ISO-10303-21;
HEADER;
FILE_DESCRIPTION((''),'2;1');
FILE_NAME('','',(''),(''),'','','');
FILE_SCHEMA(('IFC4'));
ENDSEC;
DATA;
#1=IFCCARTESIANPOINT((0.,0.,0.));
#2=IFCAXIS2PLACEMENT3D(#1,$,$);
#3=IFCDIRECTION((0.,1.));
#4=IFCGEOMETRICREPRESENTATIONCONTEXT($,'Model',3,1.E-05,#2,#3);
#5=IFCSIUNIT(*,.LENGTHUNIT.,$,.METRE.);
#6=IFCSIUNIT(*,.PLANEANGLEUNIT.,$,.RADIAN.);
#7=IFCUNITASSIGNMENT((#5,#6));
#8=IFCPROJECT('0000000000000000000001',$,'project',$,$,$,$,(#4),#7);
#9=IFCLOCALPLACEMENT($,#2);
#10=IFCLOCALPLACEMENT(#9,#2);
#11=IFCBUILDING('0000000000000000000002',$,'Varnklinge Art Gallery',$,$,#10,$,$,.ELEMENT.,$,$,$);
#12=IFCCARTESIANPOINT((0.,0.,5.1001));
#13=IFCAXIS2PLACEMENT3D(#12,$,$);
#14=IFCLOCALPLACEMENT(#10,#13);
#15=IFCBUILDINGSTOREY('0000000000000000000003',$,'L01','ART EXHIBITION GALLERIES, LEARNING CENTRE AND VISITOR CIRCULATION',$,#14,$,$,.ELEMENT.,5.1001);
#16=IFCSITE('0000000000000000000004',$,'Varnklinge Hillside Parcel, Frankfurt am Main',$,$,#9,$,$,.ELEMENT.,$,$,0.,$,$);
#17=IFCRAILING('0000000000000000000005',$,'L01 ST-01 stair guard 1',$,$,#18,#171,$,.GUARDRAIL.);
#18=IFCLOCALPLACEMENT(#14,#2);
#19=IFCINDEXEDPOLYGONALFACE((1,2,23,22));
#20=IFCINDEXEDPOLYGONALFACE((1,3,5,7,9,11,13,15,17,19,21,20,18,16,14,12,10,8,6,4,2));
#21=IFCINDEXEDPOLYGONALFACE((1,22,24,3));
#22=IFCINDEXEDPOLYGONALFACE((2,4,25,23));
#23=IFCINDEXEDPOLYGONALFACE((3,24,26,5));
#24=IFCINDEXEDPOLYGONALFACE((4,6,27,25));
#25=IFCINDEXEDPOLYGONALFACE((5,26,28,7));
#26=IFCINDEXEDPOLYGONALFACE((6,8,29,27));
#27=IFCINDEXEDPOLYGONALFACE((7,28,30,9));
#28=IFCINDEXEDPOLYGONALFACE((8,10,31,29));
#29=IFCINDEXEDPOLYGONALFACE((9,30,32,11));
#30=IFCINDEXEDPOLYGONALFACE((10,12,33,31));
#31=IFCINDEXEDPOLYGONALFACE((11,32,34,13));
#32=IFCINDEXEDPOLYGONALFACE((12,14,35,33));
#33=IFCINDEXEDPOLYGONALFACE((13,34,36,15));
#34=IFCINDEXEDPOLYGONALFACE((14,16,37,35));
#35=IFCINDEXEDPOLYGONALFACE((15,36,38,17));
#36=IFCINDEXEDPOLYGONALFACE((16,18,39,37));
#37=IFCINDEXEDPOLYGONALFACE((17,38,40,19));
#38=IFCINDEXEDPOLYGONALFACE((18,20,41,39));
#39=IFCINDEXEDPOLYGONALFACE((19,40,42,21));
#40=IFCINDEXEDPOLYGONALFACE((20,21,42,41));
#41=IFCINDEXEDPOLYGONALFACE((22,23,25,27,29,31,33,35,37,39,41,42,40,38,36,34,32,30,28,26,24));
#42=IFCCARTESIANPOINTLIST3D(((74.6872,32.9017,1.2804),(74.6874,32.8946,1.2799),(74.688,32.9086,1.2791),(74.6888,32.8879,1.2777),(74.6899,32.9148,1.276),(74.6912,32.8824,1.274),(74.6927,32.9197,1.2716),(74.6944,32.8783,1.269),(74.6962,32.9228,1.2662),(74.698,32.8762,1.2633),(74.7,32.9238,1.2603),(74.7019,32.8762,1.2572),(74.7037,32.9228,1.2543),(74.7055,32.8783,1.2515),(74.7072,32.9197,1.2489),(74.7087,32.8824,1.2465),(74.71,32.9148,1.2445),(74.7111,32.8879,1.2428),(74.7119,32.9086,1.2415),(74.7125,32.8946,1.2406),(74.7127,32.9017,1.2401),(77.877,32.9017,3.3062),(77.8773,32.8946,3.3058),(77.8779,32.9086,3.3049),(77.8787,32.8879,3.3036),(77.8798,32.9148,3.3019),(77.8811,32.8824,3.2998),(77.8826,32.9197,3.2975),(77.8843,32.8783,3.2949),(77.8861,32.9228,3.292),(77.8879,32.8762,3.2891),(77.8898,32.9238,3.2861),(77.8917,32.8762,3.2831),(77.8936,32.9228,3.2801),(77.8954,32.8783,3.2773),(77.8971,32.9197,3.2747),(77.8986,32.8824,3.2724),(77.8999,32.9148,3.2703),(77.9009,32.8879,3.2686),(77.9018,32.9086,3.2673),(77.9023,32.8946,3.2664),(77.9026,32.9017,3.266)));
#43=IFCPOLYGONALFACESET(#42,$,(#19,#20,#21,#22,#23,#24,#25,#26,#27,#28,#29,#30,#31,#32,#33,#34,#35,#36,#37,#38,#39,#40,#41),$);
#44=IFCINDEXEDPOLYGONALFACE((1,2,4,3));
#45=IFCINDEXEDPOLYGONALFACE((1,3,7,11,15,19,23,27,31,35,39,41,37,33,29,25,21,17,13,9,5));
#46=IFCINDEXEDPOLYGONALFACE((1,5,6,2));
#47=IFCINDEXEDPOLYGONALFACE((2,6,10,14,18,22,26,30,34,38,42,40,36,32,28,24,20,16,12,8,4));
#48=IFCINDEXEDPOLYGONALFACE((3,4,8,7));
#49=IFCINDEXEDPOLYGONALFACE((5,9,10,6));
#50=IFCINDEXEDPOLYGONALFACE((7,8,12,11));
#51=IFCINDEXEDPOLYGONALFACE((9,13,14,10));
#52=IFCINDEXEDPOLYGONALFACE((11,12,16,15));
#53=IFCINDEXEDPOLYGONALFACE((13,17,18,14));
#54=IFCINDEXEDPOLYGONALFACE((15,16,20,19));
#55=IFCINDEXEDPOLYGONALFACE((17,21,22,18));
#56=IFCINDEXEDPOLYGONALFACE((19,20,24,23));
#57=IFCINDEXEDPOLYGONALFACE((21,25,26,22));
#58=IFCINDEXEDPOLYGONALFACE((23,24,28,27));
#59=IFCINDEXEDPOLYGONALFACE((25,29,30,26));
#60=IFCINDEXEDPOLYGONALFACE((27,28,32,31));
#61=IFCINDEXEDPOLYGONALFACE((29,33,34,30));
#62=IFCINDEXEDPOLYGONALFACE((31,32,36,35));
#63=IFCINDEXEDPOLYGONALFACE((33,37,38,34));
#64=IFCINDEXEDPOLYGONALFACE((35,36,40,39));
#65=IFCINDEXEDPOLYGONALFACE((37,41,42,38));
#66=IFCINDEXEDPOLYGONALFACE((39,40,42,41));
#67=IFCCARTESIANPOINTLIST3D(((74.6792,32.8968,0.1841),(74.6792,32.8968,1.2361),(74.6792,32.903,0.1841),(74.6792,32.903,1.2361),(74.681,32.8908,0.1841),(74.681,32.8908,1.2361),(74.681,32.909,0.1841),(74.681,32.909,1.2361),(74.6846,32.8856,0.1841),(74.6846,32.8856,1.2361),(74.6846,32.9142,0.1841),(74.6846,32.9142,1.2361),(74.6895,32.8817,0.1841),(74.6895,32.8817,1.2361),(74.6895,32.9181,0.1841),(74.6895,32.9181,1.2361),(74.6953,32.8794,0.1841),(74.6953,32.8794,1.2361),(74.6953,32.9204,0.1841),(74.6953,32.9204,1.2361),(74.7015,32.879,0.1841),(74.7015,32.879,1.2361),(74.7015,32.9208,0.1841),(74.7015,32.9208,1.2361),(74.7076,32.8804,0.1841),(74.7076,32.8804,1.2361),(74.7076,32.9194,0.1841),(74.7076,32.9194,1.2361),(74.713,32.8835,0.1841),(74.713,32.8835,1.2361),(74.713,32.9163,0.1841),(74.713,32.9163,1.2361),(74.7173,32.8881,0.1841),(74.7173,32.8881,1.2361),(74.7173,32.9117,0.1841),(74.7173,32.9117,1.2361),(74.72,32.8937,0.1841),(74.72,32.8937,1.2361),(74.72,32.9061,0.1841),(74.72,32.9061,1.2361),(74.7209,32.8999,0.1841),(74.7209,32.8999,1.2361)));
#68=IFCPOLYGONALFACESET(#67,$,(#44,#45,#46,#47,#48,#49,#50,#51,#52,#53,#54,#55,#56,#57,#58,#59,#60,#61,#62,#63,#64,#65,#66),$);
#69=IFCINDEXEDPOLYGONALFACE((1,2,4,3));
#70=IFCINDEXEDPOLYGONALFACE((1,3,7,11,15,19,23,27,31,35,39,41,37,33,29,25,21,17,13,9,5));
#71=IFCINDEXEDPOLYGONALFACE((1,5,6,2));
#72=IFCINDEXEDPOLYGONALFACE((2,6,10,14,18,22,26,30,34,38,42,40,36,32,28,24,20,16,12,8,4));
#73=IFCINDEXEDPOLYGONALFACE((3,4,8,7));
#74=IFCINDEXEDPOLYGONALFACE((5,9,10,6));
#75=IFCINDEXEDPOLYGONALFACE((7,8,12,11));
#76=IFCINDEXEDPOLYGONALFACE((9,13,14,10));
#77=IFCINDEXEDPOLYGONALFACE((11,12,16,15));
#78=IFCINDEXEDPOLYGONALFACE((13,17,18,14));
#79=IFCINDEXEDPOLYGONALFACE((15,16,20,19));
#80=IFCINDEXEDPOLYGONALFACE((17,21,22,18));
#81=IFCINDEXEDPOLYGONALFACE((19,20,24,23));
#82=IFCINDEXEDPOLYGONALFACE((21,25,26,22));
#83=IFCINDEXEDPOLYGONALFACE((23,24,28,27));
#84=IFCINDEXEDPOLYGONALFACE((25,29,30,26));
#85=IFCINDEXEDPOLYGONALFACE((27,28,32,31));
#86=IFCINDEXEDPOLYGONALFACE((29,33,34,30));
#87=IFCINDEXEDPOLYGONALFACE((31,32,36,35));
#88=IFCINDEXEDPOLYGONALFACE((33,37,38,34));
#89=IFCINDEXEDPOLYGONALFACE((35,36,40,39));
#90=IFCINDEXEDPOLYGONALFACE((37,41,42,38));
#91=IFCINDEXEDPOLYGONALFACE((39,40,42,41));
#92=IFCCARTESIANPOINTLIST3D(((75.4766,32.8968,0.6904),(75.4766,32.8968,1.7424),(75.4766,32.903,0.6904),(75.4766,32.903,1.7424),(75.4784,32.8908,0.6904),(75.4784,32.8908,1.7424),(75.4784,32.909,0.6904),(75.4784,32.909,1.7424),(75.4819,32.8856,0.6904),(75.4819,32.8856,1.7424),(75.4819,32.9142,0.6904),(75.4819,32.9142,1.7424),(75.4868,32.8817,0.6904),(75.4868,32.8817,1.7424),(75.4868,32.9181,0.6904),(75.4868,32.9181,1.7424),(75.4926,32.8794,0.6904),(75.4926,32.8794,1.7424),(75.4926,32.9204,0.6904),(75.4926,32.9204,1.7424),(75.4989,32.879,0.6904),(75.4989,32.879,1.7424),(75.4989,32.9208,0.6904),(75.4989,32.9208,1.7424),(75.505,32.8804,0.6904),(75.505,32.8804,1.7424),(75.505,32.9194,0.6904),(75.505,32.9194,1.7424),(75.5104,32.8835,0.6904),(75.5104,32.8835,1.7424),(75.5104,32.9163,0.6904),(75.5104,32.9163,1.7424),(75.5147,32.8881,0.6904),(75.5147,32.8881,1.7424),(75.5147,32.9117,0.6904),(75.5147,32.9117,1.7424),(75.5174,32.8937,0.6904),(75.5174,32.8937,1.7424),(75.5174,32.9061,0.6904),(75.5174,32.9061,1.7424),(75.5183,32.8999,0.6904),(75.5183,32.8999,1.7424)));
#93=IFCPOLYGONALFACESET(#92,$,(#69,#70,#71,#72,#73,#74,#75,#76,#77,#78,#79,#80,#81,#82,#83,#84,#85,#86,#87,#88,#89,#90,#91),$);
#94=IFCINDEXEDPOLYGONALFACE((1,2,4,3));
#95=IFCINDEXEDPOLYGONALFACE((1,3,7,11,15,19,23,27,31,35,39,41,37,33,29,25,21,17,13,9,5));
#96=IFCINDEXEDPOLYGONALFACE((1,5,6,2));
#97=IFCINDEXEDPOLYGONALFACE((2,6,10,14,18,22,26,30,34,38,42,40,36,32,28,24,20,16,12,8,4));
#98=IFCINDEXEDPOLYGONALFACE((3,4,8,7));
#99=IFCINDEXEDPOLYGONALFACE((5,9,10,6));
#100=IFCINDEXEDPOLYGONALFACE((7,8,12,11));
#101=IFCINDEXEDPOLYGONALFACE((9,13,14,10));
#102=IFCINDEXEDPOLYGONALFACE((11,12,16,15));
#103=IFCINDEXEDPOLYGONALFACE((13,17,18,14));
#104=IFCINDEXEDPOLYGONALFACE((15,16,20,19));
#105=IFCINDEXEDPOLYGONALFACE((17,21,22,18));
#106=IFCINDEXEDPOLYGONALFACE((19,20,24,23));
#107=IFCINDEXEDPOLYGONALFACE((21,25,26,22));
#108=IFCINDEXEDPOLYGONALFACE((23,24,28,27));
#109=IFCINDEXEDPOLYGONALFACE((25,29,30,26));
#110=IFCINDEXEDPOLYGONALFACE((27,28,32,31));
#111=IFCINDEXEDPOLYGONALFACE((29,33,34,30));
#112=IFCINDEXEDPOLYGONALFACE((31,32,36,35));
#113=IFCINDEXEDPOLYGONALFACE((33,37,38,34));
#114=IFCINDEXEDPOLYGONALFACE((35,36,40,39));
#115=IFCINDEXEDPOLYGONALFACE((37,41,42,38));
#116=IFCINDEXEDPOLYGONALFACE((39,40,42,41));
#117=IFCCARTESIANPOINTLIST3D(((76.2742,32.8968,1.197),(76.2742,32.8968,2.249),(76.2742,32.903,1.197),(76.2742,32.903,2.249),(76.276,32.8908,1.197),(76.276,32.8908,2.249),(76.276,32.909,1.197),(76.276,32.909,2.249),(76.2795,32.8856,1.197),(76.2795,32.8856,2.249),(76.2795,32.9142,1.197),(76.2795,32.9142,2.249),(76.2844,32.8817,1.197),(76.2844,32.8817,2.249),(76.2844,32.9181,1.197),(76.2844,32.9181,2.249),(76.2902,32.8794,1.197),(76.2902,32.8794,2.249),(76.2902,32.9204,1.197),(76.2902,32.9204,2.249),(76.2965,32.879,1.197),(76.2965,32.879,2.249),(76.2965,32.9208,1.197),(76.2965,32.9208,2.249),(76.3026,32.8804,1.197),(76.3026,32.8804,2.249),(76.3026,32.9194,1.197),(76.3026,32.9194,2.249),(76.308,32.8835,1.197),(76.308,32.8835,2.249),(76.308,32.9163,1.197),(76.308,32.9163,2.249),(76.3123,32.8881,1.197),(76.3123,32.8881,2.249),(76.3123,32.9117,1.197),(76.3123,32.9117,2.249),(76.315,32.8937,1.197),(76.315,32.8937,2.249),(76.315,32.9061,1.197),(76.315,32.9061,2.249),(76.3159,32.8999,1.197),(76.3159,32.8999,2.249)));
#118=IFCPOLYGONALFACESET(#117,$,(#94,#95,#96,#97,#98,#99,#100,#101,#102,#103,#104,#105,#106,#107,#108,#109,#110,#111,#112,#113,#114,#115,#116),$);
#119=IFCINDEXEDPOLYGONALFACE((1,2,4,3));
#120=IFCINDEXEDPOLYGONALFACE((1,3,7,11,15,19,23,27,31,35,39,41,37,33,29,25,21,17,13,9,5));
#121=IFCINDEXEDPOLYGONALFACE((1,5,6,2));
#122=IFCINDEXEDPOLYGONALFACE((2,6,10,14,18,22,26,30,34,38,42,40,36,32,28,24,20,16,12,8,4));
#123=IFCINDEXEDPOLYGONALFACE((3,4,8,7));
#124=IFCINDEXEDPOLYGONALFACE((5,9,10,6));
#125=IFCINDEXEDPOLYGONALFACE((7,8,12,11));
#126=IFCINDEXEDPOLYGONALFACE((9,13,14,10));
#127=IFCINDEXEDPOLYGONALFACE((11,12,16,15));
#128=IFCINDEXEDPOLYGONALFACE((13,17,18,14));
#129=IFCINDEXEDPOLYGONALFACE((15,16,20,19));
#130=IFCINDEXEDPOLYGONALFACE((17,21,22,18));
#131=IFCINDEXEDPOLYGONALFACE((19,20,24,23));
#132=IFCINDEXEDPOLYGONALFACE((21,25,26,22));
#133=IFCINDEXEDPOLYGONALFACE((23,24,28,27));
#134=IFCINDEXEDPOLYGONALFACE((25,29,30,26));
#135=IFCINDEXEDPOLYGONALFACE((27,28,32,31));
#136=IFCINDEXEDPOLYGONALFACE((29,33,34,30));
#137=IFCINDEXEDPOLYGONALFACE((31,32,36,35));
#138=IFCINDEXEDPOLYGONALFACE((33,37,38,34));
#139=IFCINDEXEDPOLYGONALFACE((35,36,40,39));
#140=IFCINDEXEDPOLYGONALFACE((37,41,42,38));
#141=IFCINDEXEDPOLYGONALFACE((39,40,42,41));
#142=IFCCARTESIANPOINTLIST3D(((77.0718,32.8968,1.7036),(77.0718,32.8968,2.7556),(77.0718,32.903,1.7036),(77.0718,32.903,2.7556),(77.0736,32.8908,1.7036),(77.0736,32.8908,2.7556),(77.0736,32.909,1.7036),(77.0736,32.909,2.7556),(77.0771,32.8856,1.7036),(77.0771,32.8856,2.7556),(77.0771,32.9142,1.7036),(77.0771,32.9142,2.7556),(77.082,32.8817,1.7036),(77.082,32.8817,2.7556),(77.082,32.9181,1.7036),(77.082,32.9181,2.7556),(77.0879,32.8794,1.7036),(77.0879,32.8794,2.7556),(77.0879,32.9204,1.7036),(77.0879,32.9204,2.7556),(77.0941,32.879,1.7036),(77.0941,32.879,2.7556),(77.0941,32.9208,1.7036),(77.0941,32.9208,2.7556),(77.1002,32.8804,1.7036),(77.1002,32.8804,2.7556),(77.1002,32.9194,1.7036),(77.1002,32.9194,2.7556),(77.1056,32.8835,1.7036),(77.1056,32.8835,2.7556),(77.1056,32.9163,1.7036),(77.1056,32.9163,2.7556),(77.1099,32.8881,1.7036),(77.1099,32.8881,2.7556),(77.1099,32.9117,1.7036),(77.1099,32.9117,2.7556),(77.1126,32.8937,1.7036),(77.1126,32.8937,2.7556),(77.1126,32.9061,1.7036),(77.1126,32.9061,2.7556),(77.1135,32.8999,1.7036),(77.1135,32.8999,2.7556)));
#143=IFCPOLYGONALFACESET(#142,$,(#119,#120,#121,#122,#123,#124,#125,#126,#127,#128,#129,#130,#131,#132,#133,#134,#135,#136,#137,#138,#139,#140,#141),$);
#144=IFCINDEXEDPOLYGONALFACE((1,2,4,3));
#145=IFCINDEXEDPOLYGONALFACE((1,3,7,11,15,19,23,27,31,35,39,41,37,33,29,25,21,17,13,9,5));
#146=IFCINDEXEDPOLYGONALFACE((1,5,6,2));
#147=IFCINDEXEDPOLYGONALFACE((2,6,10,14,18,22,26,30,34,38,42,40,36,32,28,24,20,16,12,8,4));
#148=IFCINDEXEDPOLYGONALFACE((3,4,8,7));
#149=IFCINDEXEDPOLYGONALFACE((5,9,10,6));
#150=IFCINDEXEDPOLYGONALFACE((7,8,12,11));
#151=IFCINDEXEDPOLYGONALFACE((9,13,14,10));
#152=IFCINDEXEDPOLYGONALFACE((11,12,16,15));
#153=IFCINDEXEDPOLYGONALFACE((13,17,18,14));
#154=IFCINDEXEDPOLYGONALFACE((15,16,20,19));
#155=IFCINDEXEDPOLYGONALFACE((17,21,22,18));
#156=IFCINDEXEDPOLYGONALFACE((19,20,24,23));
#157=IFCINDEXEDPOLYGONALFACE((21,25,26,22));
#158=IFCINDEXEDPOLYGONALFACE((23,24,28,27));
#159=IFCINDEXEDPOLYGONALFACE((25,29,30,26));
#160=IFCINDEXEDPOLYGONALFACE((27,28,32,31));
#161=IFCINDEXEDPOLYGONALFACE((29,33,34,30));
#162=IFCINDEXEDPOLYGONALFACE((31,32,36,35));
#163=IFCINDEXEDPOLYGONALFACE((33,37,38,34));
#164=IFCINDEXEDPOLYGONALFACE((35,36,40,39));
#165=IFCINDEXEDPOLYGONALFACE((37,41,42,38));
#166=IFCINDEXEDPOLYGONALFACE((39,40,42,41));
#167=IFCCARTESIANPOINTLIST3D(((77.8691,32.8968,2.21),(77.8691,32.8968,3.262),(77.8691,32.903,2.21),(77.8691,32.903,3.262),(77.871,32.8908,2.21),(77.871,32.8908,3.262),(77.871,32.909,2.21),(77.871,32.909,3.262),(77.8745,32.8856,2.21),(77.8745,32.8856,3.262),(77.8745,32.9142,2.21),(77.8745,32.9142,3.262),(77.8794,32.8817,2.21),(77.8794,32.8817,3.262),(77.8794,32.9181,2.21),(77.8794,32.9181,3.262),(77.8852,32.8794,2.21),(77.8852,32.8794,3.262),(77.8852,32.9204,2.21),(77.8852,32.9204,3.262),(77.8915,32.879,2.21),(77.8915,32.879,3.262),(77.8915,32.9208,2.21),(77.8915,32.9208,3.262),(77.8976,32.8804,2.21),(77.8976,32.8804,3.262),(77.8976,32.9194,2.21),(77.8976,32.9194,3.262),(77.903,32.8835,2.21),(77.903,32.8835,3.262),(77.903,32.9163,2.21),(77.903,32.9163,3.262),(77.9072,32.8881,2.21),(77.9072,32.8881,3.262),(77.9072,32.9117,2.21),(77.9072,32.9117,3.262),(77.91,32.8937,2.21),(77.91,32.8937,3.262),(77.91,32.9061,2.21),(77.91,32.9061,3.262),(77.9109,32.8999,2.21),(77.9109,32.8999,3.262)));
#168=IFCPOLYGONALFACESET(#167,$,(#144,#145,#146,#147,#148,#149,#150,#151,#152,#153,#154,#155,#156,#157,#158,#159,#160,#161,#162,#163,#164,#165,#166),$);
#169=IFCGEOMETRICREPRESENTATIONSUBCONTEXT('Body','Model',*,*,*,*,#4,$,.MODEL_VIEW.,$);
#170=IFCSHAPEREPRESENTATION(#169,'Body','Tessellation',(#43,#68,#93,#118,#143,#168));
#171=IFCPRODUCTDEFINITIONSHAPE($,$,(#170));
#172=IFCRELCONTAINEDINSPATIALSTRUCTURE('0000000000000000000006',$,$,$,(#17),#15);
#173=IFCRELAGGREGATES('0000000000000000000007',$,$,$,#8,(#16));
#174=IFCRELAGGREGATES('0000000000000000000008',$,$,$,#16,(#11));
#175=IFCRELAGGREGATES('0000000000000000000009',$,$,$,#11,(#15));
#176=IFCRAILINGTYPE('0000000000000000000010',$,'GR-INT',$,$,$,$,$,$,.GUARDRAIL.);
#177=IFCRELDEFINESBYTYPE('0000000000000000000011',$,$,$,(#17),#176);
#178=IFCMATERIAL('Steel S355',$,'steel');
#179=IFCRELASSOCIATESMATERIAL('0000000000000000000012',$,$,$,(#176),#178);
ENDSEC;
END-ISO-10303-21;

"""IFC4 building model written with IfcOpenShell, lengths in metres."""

from ifc_helpers import new_model, si_unit, direction, frame, origin, origin_2d, place, context, subcontext, project, spatial, circle, extrude, material, type_object, element, save


model = new_model("IFC4")

# Units and contexts
model_context = context("Model", 3, precision=1e-05, world=origin(), true_north=direction((0.0, 1.0)))
body_context = subcontext(model_context, "Body", "Model", "MODEL_VIEW")
ifc_project = project(units=[si_unit("LENGTHUNIT", "METRE"), si_unit("PLANEANGLEUNIT", "RADIAN")], contexts=[model_context])

# Site, building, storey
site_placement = place(None, origin())
site = spatial("IfcSite", under=ifc_project, at=site_placement, Name="Varnklinge Hillside Parcel, Frankfurt am Main", CompositionType="ELEMENT", RefElevation=0.0)
building_placement = place(site_placement, origin())
building = spatial("IfcBuilding", under=site, at=building_placement, Name="Varnklinge Art Gallery", CompositionType="ELEMENT")
storey_placement = place(building_placement, frame((0.0, 0.0, 5.1001)))
storey = spatial("IfcBuildingStorey", under=building, at=storey_placement, Name="L01", Description="ART EXHIBITION GALLERIES, LEARNING CENTRE AND VISITOR CIRCULATION", CompositionType="ELEMENT", Elevation=5.1001)

# Railing
ifc_material_1 = material(Name="Steel S355", Category="steel")
railing_type_1 = type_object("IfcRailingType", Name="GR-INT", PredefinedType="GUARDRAIL", material=ifc_material_1)
railing_1_placement = place(storey_placement, frame((74.7, 32.8999, 0.1841)))
element("IfcRailing", 1, at=railing_1_placement, inside=storey, type_object=railing_type_1, Name="L01 ST-01 stair guard 1", PredefinedType="GUARDRAIL", context=body_context, shape_type="SweptSolid", body=[
    extrude(circle(Radius=0.0239, at=origin_2d()), frame((0.0, 0.0, 1.0762), z_axis=(0.844151, 0.0, 0.536106), x_axis=(0.0, 1.0, 0.0)), (0.0, 0.0, 1.0), 3.7788),
    extrude(circle(Radius=0.021, at=origin_2d()), origin(), (0.0, 0.0, 1.0), 1.052),
    extrude(circle(Radius=0.021, at=origin_2d()), frame((0.7974, 0.0, 0.5063)), (0.0, 0.0, 1.0), 1.052),
    extrude(circle(Radius=0.021, at=origin_2d()), frame((1.595, 0.0, 1.0129)), (0.0, 0.0, 1.0), 1.052),
    extrude(circle(Radius=0.021, at=origin_2d()), frame((2.3926, 0.0, 1.5195)), (0.0, 0.0, 1.0), 1.052),
    extrude(circle(Radius=0.021, at=origin_2d()), frame((3.1899, 0.0, 2.0259)), (0.0, 0.0, 1.0), 1.052),
])

save(model, "model.ifc")
